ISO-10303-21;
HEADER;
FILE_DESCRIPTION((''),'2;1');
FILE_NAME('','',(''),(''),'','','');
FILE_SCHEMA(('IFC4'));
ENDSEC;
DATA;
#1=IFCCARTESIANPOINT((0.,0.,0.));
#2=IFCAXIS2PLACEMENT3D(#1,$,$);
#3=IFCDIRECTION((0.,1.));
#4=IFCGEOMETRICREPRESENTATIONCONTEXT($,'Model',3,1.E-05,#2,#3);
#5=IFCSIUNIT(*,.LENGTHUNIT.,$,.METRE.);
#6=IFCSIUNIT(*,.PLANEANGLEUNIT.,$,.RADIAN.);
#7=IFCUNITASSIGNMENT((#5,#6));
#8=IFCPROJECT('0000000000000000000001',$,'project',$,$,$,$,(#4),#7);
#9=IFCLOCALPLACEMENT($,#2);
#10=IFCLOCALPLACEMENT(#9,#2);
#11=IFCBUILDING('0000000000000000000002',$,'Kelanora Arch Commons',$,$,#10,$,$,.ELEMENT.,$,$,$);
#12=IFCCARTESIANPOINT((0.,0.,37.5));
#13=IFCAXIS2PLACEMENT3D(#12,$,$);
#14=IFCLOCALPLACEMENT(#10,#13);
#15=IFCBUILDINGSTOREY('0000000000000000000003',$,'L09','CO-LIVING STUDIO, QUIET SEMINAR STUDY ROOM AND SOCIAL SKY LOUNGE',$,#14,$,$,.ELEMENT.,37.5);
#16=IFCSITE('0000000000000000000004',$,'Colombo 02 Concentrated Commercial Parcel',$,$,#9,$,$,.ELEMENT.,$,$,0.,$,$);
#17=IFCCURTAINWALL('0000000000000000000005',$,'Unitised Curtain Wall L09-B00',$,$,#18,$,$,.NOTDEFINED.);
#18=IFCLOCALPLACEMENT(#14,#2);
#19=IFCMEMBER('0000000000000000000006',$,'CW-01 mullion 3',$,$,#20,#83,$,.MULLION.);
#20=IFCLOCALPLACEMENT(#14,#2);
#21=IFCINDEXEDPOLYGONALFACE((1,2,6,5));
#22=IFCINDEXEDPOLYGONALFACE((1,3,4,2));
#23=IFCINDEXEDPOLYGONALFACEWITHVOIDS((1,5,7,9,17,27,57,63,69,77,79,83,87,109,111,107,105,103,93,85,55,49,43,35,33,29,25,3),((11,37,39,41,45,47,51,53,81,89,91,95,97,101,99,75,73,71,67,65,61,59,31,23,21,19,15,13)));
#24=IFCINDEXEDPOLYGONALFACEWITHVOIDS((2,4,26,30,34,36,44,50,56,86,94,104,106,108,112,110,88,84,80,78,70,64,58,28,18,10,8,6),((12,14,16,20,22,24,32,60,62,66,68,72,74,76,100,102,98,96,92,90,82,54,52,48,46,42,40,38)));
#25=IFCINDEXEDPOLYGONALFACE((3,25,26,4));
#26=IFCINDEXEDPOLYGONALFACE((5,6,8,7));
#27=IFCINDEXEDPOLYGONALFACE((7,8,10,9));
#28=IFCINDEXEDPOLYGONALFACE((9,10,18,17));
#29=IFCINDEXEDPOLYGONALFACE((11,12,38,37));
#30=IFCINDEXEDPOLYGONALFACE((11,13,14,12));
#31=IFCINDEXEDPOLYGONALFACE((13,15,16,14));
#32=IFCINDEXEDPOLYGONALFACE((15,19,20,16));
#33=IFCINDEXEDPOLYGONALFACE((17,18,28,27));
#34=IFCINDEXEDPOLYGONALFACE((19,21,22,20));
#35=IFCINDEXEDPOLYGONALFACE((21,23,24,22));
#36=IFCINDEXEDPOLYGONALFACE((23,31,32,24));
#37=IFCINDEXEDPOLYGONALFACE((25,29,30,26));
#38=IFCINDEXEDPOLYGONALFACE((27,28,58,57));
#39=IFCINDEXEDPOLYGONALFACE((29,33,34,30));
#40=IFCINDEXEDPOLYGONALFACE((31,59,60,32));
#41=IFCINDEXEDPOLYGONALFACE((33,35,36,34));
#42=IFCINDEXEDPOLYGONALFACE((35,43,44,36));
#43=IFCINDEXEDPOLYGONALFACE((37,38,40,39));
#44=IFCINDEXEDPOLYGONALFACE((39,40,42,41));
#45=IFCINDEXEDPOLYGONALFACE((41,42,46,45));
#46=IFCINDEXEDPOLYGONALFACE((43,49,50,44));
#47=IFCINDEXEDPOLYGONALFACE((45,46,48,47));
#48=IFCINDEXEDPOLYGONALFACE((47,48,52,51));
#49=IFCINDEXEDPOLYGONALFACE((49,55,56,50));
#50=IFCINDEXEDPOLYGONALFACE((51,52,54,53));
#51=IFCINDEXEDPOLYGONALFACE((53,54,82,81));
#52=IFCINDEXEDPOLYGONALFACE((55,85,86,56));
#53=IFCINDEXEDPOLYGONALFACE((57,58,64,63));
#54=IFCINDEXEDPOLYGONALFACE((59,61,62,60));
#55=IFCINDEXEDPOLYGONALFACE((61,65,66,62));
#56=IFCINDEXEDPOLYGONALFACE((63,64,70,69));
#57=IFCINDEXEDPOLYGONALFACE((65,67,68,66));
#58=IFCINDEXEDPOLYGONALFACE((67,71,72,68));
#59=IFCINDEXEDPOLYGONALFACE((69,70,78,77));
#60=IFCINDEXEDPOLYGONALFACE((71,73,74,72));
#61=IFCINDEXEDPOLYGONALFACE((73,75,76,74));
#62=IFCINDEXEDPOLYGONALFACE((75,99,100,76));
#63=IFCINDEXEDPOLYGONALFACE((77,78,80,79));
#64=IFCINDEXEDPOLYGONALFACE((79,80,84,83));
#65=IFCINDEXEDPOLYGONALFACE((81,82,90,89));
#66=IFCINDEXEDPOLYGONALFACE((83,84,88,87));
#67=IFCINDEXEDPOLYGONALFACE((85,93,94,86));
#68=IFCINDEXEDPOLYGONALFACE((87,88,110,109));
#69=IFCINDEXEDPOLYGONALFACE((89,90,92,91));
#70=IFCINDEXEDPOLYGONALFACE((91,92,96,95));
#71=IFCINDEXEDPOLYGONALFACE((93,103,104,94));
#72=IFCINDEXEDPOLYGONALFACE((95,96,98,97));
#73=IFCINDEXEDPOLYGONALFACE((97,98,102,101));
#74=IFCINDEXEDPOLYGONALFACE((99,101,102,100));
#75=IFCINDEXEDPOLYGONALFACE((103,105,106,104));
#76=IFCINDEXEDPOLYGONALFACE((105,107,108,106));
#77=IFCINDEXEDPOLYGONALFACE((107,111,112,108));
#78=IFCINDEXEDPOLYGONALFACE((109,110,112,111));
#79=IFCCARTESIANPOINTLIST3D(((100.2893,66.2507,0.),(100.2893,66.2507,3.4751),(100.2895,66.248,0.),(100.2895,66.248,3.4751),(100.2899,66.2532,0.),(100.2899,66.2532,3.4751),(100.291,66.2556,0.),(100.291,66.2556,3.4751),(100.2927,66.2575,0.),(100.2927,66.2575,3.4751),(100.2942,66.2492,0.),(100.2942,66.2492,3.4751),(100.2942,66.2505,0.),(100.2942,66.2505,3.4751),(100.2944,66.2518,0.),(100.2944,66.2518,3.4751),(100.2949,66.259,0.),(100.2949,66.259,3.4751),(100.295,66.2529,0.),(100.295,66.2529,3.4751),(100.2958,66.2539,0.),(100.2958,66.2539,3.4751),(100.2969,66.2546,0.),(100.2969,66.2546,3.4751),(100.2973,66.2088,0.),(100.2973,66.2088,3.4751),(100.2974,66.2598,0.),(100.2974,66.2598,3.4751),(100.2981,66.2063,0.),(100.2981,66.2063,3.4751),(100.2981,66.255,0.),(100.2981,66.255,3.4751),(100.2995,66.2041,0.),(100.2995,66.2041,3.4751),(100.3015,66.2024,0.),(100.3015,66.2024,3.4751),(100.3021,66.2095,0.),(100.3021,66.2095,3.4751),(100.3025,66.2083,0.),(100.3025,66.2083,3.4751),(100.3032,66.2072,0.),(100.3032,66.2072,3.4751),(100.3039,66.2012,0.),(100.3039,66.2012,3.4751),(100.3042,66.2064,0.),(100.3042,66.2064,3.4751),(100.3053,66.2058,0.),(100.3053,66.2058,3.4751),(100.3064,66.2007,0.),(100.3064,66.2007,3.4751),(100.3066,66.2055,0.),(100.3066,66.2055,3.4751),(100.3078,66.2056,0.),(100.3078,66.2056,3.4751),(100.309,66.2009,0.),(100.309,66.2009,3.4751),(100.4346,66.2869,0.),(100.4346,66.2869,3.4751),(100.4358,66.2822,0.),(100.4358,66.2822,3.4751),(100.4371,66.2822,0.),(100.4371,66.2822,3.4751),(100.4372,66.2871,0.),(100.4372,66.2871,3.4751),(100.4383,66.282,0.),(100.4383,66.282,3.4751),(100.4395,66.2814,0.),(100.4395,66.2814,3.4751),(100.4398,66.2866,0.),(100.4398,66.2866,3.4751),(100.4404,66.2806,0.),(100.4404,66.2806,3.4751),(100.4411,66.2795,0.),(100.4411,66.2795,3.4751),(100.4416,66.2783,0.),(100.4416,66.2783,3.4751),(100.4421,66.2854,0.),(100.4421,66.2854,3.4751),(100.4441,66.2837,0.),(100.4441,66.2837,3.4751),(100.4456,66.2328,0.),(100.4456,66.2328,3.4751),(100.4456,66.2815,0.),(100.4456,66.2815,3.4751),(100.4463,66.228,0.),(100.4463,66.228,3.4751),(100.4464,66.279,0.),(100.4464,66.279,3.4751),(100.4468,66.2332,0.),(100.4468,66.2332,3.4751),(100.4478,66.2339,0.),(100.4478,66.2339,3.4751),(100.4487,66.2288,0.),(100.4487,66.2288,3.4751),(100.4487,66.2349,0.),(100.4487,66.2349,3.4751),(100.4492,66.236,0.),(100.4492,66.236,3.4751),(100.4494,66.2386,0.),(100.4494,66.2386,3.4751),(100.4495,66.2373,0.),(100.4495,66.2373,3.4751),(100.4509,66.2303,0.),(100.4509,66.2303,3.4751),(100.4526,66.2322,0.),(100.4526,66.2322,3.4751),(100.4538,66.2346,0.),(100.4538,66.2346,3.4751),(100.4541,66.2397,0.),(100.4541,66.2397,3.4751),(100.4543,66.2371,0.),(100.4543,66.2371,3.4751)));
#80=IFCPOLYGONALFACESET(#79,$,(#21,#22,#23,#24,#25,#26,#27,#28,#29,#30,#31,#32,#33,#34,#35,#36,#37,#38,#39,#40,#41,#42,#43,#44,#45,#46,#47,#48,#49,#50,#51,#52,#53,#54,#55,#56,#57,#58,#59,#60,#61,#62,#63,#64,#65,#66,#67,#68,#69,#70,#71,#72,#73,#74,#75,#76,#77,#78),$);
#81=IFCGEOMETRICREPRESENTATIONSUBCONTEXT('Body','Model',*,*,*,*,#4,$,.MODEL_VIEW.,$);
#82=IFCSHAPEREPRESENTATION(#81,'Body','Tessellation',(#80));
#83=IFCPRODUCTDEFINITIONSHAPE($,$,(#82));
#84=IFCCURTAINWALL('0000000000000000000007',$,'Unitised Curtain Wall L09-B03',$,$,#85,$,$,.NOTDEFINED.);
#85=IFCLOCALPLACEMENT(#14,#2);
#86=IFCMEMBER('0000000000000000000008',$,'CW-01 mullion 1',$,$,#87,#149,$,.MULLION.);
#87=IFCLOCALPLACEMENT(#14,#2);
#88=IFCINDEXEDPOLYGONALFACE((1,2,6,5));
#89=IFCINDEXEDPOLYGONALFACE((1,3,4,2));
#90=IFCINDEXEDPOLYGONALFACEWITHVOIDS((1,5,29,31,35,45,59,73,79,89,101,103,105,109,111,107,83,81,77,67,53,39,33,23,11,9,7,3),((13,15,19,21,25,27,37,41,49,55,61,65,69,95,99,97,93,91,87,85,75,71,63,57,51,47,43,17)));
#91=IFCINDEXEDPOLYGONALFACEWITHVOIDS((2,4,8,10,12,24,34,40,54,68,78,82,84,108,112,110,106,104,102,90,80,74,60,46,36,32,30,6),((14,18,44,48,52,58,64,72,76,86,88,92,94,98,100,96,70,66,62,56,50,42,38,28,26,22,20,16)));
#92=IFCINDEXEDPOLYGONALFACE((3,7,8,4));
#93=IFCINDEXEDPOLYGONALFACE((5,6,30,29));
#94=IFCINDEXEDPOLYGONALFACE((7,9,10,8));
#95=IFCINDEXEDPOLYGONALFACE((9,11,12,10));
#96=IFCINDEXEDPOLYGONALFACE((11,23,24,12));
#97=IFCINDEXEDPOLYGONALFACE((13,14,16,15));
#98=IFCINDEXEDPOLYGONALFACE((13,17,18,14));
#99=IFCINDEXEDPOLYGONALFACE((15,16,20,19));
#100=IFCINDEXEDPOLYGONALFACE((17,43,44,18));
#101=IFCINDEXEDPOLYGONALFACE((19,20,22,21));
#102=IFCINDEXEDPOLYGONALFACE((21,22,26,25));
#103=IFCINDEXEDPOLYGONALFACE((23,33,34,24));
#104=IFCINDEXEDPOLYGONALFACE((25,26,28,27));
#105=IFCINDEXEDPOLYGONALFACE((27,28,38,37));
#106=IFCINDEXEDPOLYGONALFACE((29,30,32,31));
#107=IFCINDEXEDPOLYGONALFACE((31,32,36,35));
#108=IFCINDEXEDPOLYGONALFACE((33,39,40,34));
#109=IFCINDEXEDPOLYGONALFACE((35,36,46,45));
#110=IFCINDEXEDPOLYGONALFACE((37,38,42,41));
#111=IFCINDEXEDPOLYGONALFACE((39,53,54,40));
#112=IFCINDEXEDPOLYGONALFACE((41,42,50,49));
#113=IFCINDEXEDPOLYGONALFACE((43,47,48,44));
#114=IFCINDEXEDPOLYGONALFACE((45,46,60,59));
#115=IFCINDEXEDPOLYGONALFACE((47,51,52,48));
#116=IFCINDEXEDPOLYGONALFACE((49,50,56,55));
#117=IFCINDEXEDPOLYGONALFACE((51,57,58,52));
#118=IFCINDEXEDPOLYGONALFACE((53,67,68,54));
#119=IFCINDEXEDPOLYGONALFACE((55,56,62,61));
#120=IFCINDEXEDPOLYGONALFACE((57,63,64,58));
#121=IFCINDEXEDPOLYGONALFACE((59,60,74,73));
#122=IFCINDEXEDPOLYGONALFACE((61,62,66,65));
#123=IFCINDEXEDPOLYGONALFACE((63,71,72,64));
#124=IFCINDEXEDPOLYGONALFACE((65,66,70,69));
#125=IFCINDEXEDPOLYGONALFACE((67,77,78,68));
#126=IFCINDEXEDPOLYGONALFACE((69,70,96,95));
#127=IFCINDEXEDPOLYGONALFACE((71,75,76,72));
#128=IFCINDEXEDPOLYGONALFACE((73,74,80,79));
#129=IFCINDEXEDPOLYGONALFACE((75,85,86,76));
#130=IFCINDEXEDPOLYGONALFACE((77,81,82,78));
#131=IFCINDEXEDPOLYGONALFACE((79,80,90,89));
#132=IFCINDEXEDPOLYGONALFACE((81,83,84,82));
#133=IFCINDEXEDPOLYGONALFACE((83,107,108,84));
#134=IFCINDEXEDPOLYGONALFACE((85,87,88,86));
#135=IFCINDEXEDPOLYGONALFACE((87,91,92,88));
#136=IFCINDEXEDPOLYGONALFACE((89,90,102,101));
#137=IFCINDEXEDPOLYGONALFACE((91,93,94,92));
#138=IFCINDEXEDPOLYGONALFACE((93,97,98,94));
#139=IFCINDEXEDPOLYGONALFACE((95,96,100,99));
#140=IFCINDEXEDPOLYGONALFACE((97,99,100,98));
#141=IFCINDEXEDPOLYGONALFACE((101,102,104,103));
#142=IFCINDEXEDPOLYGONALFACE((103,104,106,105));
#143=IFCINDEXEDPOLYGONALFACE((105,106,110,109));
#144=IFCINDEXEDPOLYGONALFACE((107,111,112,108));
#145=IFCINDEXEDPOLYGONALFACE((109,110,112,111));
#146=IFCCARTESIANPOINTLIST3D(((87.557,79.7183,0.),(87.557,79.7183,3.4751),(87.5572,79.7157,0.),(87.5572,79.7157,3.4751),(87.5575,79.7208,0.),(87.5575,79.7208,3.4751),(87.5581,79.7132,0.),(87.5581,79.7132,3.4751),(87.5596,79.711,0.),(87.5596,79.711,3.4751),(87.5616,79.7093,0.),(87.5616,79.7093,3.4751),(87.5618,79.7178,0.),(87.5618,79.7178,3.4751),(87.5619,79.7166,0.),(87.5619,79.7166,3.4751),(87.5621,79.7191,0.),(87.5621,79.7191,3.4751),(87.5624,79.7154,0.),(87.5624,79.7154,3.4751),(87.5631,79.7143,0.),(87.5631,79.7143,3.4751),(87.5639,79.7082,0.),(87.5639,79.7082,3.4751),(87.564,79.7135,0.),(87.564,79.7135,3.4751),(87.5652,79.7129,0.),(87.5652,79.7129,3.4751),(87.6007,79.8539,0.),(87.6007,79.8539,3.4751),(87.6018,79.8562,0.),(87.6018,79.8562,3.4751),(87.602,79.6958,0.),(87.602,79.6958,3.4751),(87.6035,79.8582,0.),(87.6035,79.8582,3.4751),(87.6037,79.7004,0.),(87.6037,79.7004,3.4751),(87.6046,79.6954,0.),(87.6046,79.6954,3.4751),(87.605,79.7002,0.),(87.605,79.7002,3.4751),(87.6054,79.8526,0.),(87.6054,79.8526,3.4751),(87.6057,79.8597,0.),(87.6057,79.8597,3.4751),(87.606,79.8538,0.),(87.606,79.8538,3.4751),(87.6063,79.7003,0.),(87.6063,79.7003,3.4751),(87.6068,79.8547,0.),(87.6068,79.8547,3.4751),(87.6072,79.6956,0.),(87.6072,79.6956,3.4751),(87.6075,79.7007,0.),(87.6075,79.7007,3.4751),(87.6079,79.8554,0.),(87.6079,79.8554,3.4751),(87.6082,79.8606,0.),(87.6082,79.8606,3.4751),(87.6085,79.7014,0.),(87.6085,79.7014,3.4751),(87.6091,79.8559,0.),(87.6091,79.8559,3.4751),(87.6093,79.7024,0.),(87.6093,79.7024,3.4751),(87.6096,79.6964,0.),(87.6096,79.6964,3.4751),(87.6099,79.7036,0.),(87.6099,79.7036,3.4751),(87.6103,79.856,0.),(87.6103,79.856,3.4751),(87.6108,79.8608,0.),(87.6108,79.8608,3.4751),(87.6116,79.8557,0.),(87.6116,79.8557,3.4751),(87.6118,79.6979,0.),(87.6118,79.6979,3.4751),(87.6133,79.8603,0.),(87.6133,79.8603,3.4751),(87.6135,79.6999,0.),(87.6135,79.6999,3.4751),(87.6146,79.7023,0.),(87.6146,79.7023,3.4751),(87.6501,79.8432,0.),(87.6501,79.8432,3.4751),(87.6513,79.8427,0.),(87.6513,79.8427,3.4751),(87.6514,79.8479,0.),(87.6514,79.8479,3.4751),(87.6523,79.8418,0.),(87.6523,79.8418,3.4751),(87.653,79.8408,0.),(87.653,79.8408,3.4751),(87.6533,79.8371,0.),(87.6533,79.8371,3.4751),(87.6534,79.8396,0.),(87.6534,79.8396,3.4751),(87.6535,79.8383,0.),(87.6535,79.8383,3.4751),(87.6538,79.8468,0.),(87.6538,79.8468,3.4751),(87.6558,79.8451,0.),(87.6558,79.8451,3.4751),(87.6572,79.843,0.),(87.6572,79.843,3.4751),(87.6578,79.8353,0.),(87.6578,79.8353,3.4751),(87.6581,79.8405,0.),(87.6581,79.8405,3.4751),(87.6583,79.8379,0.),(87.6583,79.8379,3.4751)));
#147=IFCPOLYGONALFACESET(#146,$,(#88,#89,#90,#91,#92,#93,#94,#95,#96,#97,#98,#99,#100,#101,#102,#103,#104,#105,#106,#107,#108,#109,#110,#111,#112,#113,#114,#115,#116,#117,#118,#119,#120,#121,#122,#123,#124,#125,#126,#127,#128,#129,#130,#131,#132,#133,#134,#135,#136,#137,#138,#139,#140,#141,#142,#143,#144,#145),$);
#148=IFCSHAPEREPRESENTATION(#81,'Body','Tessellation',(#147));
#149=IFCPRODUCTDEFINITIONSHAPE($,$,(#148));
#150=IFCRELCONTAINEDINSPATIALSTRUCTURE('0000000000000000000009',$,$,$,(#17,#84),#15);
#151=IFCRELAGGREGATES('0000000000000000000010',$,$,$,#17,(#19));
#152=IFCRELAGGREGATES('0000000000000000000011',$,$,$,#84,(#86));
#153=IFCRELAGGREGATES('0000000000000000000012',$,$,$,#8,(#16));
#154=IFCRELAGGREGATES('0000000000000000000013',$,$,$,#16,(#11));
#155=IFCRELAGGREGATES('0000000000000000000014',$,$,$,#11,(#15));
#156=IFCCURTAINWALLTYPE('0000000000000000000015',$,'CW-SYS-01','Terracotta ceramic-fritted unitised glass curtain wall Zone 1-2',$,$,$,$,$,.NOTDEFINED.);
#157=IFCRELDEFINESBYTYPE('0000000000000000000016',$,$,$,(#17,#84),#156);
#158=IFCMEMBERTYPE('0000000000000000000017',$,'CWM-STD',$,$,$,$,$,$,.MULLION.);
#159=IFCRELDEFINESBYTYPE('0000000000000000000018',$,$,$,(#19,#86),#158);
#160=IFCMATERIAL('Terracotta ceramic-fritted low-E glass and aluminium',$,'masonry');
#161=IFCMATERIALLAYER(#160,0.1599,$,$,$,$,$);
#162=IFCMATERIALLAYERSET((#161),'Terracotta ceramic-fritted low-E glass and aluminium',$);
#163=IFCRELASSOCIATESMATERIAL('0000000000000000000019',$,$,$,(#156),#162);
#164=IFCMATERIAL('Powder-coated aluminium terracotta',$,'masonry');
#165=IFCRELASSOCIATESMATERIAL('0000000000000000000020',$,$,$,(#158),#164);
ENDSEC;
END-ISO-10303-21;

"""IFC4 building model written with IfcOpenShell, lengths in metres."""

from ifc_helpers import new_model, si_unit, direction, frame, origin, origin_2d, place, context, subcontext, project, spatial, hollow_rectangle, extrude, material, layer, layer_set, material_profile, profile_set, type_object, element, aggregate, save


model = new_model("IFC4")

# Units and contexts
model_context = context("Model", 3, precision=1e-05, world=origin(), true_north=direction((0.0, 1.0)))
body_context = subcontext(model_context, "Body", "Model", "MODEL_VIEW")
ifc_project = project(units=[si_unit("LENGTHUNIT", "METRE"), si_unit("PLANEANGLEUNIT", "RADIAN")], contexts=[model_context])

# Site, building, storey
site_placement = place(None, origin())
site = spatial("IfcSite", under=ifc_project, at=site_placement, Name="Colombo 02 Concentrated Commercial Parcel", CompositionType="ELEMENT", RefElevation=0.0)
building_placement = place(site_placement, origin())
building = spatial("IfcBuilding", under=site, at=building_placement, Name="Kelanora Arch Commons", CompositionType="ELEMENT")
storey_placement = place(building_placement, frame((0.0, 0.0, 37.5)))
storey = spatial("IfcBuildingStorey", under=building, at=storey_placement, Name="L09", Description="CO-LIVING STUDIO, QUIET SEMINAR STUDY ROOM AND SOCIAL SKY LOUNGE", CompositionType="ELEMENT", Elevation=37.5)

# Curtain wall, member
ifc_material_1 = material(Name="Terracotta ceramic-fritted low-E glass and aluminium", Category="masonry")
ifc_layer_1 = layer(ifc_material_1, 0.1599)
ifc_layer_set_1 = layer_set([ifc_layer_1], Name="Terracotta ceramic-fritted low-E glass and aluminium")
curtain_wall_type = type_object("IfcCurtainWallType", Name="CW-SYS-01", Description="Terracotta ceramic-fritted unitised glass curtain wall Zone 1-2", PredefinedType="NOTDEFINED", material=ifc_layer_set_1)
curtain_wall_1_placement = place(storey_placement, origin())
curtain_wall_1 = element("IfcCurtainWall", 1, at=curtain_wall_1_placement, inside=storey, type_object=curtain_wall_type, Name="Unitised Curtain Wall L09-B00", PredefinedType="NOTDEFINED")
ifc_material_2 = material(Name="Powder-coated aluminium terracotta", Category="masonry")
ifc_material_profile_1 = material_profile(ifc_material_2, hollow_rectangle(XDim=0.1599, YDim=0.0601, WallThickness=0.0049, InnerFilletRadius=0.0049, OuterFilletRadius=0.01, at=origin_2d()), Name="CWM160x60")
ifc_profile_set_1 = profile_set([ifc_material_profile_1], Name="Powder-coated aluminium terracotta")
member_type_1 = type_object("IfcMemberType", Name="CWM-STD", PredefinedType="MULLION", material=ifc_profile_set_1)
member_1_placement = place(storey_placement, frame((100.3718, 66.2439, 0.0), z_axis=(0.0, 0.0, 1.0), x_axis=(-0.981052, -0.193744, 0.0)))
member_1 = element("IfcMember", 2, at=member_1_placement, type_object=member_type_1, Name="CW-01 mullion 3", PredefinedType="MULLION", context=body_context, shape_type="SweptSolid", body=[
    extrude(hollow_rectangle(XDim=0.1599, YDim=0.0601, WallThickness=0.0049, InnerFilletRadius=0.0049, OuterFilletRadius=0.01, at=origin_2d()), origin(), (0.0, 0.0, 1.0), 3.4751),
])
aggregate(curtain_wall_1, [member_1])

# Curtain wall, member
curtain_wall_2_placement = place(storey_placement, origin())
curtain_wall_2 = element("IfcCurtainWall", 3, at=curtain_wall_2_placement, inside=storey, type_object=curtain_wall_type, Name="Unitised Curtain Wall L09-B03", PredefinedType="NOTDEFINED")
member_2_placement = place(storey_placement, frame((87.6077, 79.7781, 0.0), z_axis=(0.0, 0.0, 1.0), x_axis=(-0.309058, -0.951043, 0.0)))
member_2 = element("IfcMember", 4, at=member_2_placement, type_object=member_type_1, Name="CW-01 mullion 1", PredefinedType="MULLION", context=body_context, shape_type="SweptSolid", body=[
    extrude(hollow_rectangle(XDim=0.1599, YDim=0.0601, WallThickness=0.0049, InnerFilletRadius=0.0049, OuterFilletRadius=0.01, at=origin_2d()), origin(), (0.0, 0.0, 1.0), 3.4751),
])
aggregate(curtain_wall_2, [member_2])

save(model, "model.ifc")
